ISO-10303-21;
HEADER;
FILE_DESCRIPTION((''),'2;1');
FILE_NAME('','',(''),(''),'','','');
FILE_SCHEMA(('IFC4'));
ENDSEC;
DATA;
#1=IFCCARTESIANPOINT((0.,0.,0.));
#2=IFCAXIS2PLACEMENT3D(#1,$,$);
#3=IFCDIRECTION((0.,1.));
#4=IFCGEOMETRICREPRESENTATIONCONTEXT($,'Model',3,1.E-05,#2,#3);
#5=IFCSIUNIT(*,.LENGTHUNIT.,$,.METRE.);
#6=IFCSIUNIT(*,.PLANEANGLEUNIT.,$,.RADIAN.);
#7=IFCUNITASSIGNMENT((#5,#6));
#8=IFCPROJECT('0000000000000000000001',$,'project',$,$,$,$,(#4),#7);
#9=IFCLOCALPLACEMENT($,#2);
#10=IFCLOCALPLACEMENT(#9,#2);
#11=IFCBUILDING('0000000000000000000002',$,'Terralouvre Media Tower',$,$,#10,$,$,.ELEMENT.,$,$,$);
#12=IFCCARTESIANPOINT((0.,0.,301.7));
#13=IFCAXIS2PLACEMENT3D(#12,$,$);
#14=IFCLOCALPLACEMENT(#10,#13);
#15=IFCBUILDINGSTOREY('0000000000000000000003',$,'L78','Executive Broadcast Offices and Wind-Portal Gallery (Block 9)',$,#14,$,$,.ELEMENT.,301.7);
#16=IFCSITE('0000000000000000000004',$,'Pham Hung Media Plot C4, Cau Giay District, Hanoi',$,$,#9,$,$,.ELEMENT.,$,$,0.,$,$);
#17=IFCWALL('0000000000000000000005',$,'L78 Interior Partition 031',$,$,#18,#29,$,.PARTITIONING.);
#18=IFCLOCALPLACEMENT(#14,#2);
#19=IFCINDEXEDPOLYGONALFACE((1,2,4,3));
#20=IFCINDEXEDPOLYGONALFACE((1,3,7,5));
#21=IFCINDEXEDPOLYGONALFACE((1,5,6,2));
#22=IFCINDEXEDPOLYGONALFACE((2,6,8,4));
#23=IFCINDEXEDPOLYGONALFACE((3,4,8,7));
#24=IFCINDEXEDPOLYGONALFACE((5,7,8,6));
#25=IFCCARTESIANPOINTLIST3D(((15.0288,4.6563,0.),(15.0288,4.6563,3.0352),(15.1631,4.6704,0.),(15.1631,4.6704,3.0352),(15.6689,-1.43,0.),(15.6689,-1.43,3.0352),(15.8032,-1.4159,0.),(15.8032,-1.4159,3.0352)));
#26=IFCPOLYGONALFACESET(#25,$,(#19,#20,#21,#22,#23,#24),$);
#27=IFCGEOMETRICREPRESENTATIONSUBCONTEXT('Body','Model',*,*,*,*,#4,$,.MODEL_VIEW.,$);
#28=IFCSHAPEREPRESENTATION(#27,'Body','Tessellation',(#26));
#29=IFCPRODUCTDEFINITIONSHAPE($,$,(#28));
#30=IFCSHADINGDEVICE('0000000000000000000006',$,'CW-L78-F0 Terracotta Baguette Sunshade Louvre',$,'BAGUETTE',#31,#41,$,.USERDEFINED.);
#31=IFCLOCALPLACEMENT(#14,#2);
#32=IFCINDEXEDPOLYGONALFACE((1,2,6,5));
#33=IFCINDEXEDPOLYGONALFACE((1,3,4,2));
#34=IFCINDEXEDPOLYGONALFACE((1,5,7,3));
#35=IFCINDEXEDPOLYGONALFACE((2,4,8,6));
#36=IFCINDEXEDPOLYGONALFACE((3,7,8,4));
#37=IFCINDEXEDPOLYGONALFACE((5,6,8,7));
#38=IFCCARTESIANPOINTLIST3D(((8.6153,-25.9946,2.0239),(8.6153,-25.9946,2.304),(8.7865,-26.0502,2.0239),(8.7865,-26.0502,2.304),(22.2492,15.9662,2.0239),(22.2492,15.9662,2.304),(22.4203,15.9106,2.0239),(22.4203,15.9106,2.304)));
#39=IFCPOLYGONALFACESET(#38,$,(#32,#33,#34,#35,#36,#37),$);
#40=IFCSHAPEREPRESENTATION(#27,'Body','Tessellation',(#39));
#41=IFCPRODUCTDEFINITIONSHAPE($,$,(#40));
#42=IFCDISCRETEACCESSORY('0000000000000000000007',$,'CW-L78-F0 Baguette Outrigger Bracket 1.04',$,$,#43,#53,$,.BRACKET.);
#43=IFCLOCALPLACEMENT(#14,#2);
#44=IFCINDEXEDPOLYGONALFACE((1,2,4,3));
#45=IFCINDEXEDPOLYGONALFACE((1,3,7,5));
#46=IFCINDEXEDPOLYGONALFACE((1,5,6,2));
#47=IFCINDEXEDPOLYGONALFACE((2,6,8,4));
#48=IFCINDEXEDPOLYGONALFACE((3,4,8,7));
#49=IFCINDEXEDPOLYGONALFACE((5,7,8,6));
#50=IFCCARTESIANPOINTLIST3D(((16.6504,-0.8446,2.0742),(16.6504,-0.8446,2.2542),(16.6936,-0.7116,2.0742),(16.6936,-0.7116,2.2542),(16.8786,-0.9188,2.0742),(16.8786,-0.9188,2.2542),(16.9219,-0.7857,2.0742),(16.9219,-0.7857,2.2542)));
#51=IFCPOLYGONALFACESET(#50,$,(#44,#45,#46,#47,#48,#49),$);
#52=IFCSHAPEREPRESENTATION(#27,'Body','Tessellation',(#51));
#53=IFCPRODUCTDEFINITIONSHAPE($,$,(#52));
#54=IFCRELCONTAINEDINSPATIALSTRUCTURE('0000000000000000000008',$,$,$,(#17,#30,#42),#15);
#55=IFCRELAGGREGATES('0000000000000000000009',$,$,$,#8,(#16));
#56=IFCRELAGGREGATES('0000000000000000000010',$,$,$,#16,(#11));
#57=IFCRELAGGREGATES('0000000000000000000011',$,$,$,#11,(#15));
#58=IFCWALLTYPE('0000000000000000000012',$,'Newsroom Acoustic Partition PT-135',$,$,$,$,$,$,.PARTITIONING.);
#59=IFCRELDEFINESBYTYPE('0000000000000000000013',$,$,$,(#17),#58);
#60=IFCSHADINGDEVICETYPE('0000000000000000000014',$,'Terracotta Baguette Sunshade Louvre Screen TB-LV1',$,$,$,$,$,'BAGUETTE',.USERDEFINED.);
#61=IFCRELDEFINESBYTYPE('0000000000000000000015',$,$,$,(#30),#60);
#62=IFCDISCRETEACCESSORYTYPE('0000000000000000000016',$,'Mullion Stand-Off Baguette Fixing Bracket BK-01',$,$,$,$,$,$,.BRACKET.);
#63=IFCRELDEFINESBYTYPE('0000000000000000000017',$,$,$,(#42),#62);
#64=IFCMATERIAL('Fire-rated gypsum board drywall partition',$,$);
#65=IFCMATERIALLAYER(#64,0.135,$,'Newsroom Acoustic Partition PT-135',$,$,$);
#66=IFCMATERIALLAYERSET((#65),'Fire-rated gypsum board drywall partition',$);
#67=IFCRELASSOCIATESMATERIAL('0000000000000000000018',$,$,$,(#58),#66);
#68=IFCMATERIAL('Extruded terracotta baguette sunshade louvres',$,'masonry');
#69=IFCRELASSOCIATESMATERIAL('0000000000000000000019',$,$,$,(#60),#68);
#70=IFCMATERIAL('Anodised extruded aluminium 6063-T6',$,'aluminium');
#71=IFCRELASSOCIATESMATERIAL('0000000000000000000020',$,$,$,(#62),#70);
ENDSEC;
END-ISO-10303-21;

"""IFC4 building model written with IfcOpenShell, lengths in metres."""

from ifc_helpers import new_model, si_unit, direction, frame, frame_2d, origin, origin_2d, place, context, subcontext, project, spatial, rectangle, extrude, material, layer, layer_set, type_object, element, save


model = new_model("IFC4")

# Units and contexts
model_context = context("Model", 3, precision=1e-05, world=origin(), true_north=direction((0.0, 1.0)))
body_context = subcontext(model_context, "Body", "Model", "MODEL_VIEW")
ifc_project = project(units=[si_unit("LENGTHUNIT", "METRE"), si_unit("PLANEANGLEUNIT", "RADIAN")], contexts=[model_context])

# Site, building, storey
site_placement = place(None, origin())
site = spatial("IfcSite", under=ifc_project, at=site_placement, Name="Pham Hung Media Plot C4, Cau Giay District, Hanoi", CompositionType="ELEMENT", RefElevation=0.0)
building_placement = place(site_placement, origin())
building = spatial("IfcBuilding", under=site, at=building_placement, Name="Terralouvre Media Tower", CompositionType="ELEMENT")
storey_placement = place(building_placement, frame((0.0, 0.0, 301.7)))
storey = spatial("IfcBuildingStorey", under=building, at=storey_placement, Name="L78", Description="Executive Broadcast Offices and Wind-Portal Gallery (Block 9)", CompositionType="ELEMENT", Elevation=301.7)

# Shared definitions
ifc_material_1 = material(Name="Fire-rated gypsum board drywall partition")
ifc_layer_1 = layer(ifc_material_1, 0.135, Name="Newsroom Acoustic Partition PT-135")
ifc_layer_set_1 = layer_set([ifc_layer_1], Name="Fire-rated gypsum board drywall partition")
wall_type_1 = type_object("IfcWallType", Name="Newsroom Acoustic Partition PT-135", PredefinedType="PARTITIONING", material=ifc_layer_set_1)

# Wall
wall_1_placement = place(storey_placement, frame((15.7361, -1.4231, 0.0), z_axis=(0.0, 0.0, 1.0), x_axis=(-0.104602, 0.994514, 0.0)))
element("IfcWall", 1, at=wall_1_placement, inside=storey, type_object=wall_type_1, Name="L78 Interior Partition 031", PredefinedType="PARTITIONING", context=body_context, shape_type="SweptSolid", body=[
    extrude(rectangle(XDim=6.1199, YDim=0.135, at=frame_2d((3.0601, 0.0))), origin(), (0.0, 0.0, 1.0), 3.0352),
])

# Shading device
ifc_material_2 = material(Name="Extruded terracotta baguette sunshade louvres", Category="masonry")
shading_device_type = type_object("IfcShadingDeviceType", Name="Terracotta Baguette Sunshade Louvre Screen TB-LV1", ElementType="BAGUETTE", PredefinedType="USERDEFINED", material=ifc_material_2)
shading_device_placement = place(storey_placement, frame((15.5178, -5.042, 2.0239), z_axis=(0.0, 0.0, 1.0), x_axis=(0.309017, 0.951057, 0.0)))
element("IfcShadingDevice", 2, at=shading_device_placement, inside=storey, type_object=shading_device_type, Name="CW-L78-F0 Terracotta Baguette Sunshade Louvre", ObjectType="BAGUETTE", PredefinedType="USERDEFINED", context=body_context, shape_type="SweptSolid", body=[
    extrude(rectangle(XDim=44.1201, YDim=0.1799, at=origin_2d()), origin(), (0.0, 0.0, 1.0), 0.28),
])

# Discrete accessory
ifc_material_3 = material(Name="Anodised extruded aluminium 6063-T6", Category="aluminium")
discrete_accessory_type = type_object("IfcDiscreteAccessoryType", Name="Mullion Stand-Off Baguette Fixing Bracket BK-01", PredefinedType="BRACKET", material=ifc_material_3)
discrete_accessory_placement = place(storey_placement, frame((16.7861, -0.8152, 2.0742), z_axis=(0.0, 0.0, 1.0), x_axis=(0.309017, 0.951057, 0.0)))
element("IfcDiscreteAccessory", 3, at=discrete_accessory_placement, inside=storey, type_object=discrete_accessory_type, Name="CW-L78-F0 Baguette Outrigger Bracket 1.04", PredefinedType="BRACKET", context=body_context, shape_type="SweptSolid", body=[
    extrude(rectangle(XDim=0.1399, YDim=0.24, at=origin_2d()), origin(), (0.0, 0.0, 1.0), 0.1799),
])

save(model, "model.ifc")
